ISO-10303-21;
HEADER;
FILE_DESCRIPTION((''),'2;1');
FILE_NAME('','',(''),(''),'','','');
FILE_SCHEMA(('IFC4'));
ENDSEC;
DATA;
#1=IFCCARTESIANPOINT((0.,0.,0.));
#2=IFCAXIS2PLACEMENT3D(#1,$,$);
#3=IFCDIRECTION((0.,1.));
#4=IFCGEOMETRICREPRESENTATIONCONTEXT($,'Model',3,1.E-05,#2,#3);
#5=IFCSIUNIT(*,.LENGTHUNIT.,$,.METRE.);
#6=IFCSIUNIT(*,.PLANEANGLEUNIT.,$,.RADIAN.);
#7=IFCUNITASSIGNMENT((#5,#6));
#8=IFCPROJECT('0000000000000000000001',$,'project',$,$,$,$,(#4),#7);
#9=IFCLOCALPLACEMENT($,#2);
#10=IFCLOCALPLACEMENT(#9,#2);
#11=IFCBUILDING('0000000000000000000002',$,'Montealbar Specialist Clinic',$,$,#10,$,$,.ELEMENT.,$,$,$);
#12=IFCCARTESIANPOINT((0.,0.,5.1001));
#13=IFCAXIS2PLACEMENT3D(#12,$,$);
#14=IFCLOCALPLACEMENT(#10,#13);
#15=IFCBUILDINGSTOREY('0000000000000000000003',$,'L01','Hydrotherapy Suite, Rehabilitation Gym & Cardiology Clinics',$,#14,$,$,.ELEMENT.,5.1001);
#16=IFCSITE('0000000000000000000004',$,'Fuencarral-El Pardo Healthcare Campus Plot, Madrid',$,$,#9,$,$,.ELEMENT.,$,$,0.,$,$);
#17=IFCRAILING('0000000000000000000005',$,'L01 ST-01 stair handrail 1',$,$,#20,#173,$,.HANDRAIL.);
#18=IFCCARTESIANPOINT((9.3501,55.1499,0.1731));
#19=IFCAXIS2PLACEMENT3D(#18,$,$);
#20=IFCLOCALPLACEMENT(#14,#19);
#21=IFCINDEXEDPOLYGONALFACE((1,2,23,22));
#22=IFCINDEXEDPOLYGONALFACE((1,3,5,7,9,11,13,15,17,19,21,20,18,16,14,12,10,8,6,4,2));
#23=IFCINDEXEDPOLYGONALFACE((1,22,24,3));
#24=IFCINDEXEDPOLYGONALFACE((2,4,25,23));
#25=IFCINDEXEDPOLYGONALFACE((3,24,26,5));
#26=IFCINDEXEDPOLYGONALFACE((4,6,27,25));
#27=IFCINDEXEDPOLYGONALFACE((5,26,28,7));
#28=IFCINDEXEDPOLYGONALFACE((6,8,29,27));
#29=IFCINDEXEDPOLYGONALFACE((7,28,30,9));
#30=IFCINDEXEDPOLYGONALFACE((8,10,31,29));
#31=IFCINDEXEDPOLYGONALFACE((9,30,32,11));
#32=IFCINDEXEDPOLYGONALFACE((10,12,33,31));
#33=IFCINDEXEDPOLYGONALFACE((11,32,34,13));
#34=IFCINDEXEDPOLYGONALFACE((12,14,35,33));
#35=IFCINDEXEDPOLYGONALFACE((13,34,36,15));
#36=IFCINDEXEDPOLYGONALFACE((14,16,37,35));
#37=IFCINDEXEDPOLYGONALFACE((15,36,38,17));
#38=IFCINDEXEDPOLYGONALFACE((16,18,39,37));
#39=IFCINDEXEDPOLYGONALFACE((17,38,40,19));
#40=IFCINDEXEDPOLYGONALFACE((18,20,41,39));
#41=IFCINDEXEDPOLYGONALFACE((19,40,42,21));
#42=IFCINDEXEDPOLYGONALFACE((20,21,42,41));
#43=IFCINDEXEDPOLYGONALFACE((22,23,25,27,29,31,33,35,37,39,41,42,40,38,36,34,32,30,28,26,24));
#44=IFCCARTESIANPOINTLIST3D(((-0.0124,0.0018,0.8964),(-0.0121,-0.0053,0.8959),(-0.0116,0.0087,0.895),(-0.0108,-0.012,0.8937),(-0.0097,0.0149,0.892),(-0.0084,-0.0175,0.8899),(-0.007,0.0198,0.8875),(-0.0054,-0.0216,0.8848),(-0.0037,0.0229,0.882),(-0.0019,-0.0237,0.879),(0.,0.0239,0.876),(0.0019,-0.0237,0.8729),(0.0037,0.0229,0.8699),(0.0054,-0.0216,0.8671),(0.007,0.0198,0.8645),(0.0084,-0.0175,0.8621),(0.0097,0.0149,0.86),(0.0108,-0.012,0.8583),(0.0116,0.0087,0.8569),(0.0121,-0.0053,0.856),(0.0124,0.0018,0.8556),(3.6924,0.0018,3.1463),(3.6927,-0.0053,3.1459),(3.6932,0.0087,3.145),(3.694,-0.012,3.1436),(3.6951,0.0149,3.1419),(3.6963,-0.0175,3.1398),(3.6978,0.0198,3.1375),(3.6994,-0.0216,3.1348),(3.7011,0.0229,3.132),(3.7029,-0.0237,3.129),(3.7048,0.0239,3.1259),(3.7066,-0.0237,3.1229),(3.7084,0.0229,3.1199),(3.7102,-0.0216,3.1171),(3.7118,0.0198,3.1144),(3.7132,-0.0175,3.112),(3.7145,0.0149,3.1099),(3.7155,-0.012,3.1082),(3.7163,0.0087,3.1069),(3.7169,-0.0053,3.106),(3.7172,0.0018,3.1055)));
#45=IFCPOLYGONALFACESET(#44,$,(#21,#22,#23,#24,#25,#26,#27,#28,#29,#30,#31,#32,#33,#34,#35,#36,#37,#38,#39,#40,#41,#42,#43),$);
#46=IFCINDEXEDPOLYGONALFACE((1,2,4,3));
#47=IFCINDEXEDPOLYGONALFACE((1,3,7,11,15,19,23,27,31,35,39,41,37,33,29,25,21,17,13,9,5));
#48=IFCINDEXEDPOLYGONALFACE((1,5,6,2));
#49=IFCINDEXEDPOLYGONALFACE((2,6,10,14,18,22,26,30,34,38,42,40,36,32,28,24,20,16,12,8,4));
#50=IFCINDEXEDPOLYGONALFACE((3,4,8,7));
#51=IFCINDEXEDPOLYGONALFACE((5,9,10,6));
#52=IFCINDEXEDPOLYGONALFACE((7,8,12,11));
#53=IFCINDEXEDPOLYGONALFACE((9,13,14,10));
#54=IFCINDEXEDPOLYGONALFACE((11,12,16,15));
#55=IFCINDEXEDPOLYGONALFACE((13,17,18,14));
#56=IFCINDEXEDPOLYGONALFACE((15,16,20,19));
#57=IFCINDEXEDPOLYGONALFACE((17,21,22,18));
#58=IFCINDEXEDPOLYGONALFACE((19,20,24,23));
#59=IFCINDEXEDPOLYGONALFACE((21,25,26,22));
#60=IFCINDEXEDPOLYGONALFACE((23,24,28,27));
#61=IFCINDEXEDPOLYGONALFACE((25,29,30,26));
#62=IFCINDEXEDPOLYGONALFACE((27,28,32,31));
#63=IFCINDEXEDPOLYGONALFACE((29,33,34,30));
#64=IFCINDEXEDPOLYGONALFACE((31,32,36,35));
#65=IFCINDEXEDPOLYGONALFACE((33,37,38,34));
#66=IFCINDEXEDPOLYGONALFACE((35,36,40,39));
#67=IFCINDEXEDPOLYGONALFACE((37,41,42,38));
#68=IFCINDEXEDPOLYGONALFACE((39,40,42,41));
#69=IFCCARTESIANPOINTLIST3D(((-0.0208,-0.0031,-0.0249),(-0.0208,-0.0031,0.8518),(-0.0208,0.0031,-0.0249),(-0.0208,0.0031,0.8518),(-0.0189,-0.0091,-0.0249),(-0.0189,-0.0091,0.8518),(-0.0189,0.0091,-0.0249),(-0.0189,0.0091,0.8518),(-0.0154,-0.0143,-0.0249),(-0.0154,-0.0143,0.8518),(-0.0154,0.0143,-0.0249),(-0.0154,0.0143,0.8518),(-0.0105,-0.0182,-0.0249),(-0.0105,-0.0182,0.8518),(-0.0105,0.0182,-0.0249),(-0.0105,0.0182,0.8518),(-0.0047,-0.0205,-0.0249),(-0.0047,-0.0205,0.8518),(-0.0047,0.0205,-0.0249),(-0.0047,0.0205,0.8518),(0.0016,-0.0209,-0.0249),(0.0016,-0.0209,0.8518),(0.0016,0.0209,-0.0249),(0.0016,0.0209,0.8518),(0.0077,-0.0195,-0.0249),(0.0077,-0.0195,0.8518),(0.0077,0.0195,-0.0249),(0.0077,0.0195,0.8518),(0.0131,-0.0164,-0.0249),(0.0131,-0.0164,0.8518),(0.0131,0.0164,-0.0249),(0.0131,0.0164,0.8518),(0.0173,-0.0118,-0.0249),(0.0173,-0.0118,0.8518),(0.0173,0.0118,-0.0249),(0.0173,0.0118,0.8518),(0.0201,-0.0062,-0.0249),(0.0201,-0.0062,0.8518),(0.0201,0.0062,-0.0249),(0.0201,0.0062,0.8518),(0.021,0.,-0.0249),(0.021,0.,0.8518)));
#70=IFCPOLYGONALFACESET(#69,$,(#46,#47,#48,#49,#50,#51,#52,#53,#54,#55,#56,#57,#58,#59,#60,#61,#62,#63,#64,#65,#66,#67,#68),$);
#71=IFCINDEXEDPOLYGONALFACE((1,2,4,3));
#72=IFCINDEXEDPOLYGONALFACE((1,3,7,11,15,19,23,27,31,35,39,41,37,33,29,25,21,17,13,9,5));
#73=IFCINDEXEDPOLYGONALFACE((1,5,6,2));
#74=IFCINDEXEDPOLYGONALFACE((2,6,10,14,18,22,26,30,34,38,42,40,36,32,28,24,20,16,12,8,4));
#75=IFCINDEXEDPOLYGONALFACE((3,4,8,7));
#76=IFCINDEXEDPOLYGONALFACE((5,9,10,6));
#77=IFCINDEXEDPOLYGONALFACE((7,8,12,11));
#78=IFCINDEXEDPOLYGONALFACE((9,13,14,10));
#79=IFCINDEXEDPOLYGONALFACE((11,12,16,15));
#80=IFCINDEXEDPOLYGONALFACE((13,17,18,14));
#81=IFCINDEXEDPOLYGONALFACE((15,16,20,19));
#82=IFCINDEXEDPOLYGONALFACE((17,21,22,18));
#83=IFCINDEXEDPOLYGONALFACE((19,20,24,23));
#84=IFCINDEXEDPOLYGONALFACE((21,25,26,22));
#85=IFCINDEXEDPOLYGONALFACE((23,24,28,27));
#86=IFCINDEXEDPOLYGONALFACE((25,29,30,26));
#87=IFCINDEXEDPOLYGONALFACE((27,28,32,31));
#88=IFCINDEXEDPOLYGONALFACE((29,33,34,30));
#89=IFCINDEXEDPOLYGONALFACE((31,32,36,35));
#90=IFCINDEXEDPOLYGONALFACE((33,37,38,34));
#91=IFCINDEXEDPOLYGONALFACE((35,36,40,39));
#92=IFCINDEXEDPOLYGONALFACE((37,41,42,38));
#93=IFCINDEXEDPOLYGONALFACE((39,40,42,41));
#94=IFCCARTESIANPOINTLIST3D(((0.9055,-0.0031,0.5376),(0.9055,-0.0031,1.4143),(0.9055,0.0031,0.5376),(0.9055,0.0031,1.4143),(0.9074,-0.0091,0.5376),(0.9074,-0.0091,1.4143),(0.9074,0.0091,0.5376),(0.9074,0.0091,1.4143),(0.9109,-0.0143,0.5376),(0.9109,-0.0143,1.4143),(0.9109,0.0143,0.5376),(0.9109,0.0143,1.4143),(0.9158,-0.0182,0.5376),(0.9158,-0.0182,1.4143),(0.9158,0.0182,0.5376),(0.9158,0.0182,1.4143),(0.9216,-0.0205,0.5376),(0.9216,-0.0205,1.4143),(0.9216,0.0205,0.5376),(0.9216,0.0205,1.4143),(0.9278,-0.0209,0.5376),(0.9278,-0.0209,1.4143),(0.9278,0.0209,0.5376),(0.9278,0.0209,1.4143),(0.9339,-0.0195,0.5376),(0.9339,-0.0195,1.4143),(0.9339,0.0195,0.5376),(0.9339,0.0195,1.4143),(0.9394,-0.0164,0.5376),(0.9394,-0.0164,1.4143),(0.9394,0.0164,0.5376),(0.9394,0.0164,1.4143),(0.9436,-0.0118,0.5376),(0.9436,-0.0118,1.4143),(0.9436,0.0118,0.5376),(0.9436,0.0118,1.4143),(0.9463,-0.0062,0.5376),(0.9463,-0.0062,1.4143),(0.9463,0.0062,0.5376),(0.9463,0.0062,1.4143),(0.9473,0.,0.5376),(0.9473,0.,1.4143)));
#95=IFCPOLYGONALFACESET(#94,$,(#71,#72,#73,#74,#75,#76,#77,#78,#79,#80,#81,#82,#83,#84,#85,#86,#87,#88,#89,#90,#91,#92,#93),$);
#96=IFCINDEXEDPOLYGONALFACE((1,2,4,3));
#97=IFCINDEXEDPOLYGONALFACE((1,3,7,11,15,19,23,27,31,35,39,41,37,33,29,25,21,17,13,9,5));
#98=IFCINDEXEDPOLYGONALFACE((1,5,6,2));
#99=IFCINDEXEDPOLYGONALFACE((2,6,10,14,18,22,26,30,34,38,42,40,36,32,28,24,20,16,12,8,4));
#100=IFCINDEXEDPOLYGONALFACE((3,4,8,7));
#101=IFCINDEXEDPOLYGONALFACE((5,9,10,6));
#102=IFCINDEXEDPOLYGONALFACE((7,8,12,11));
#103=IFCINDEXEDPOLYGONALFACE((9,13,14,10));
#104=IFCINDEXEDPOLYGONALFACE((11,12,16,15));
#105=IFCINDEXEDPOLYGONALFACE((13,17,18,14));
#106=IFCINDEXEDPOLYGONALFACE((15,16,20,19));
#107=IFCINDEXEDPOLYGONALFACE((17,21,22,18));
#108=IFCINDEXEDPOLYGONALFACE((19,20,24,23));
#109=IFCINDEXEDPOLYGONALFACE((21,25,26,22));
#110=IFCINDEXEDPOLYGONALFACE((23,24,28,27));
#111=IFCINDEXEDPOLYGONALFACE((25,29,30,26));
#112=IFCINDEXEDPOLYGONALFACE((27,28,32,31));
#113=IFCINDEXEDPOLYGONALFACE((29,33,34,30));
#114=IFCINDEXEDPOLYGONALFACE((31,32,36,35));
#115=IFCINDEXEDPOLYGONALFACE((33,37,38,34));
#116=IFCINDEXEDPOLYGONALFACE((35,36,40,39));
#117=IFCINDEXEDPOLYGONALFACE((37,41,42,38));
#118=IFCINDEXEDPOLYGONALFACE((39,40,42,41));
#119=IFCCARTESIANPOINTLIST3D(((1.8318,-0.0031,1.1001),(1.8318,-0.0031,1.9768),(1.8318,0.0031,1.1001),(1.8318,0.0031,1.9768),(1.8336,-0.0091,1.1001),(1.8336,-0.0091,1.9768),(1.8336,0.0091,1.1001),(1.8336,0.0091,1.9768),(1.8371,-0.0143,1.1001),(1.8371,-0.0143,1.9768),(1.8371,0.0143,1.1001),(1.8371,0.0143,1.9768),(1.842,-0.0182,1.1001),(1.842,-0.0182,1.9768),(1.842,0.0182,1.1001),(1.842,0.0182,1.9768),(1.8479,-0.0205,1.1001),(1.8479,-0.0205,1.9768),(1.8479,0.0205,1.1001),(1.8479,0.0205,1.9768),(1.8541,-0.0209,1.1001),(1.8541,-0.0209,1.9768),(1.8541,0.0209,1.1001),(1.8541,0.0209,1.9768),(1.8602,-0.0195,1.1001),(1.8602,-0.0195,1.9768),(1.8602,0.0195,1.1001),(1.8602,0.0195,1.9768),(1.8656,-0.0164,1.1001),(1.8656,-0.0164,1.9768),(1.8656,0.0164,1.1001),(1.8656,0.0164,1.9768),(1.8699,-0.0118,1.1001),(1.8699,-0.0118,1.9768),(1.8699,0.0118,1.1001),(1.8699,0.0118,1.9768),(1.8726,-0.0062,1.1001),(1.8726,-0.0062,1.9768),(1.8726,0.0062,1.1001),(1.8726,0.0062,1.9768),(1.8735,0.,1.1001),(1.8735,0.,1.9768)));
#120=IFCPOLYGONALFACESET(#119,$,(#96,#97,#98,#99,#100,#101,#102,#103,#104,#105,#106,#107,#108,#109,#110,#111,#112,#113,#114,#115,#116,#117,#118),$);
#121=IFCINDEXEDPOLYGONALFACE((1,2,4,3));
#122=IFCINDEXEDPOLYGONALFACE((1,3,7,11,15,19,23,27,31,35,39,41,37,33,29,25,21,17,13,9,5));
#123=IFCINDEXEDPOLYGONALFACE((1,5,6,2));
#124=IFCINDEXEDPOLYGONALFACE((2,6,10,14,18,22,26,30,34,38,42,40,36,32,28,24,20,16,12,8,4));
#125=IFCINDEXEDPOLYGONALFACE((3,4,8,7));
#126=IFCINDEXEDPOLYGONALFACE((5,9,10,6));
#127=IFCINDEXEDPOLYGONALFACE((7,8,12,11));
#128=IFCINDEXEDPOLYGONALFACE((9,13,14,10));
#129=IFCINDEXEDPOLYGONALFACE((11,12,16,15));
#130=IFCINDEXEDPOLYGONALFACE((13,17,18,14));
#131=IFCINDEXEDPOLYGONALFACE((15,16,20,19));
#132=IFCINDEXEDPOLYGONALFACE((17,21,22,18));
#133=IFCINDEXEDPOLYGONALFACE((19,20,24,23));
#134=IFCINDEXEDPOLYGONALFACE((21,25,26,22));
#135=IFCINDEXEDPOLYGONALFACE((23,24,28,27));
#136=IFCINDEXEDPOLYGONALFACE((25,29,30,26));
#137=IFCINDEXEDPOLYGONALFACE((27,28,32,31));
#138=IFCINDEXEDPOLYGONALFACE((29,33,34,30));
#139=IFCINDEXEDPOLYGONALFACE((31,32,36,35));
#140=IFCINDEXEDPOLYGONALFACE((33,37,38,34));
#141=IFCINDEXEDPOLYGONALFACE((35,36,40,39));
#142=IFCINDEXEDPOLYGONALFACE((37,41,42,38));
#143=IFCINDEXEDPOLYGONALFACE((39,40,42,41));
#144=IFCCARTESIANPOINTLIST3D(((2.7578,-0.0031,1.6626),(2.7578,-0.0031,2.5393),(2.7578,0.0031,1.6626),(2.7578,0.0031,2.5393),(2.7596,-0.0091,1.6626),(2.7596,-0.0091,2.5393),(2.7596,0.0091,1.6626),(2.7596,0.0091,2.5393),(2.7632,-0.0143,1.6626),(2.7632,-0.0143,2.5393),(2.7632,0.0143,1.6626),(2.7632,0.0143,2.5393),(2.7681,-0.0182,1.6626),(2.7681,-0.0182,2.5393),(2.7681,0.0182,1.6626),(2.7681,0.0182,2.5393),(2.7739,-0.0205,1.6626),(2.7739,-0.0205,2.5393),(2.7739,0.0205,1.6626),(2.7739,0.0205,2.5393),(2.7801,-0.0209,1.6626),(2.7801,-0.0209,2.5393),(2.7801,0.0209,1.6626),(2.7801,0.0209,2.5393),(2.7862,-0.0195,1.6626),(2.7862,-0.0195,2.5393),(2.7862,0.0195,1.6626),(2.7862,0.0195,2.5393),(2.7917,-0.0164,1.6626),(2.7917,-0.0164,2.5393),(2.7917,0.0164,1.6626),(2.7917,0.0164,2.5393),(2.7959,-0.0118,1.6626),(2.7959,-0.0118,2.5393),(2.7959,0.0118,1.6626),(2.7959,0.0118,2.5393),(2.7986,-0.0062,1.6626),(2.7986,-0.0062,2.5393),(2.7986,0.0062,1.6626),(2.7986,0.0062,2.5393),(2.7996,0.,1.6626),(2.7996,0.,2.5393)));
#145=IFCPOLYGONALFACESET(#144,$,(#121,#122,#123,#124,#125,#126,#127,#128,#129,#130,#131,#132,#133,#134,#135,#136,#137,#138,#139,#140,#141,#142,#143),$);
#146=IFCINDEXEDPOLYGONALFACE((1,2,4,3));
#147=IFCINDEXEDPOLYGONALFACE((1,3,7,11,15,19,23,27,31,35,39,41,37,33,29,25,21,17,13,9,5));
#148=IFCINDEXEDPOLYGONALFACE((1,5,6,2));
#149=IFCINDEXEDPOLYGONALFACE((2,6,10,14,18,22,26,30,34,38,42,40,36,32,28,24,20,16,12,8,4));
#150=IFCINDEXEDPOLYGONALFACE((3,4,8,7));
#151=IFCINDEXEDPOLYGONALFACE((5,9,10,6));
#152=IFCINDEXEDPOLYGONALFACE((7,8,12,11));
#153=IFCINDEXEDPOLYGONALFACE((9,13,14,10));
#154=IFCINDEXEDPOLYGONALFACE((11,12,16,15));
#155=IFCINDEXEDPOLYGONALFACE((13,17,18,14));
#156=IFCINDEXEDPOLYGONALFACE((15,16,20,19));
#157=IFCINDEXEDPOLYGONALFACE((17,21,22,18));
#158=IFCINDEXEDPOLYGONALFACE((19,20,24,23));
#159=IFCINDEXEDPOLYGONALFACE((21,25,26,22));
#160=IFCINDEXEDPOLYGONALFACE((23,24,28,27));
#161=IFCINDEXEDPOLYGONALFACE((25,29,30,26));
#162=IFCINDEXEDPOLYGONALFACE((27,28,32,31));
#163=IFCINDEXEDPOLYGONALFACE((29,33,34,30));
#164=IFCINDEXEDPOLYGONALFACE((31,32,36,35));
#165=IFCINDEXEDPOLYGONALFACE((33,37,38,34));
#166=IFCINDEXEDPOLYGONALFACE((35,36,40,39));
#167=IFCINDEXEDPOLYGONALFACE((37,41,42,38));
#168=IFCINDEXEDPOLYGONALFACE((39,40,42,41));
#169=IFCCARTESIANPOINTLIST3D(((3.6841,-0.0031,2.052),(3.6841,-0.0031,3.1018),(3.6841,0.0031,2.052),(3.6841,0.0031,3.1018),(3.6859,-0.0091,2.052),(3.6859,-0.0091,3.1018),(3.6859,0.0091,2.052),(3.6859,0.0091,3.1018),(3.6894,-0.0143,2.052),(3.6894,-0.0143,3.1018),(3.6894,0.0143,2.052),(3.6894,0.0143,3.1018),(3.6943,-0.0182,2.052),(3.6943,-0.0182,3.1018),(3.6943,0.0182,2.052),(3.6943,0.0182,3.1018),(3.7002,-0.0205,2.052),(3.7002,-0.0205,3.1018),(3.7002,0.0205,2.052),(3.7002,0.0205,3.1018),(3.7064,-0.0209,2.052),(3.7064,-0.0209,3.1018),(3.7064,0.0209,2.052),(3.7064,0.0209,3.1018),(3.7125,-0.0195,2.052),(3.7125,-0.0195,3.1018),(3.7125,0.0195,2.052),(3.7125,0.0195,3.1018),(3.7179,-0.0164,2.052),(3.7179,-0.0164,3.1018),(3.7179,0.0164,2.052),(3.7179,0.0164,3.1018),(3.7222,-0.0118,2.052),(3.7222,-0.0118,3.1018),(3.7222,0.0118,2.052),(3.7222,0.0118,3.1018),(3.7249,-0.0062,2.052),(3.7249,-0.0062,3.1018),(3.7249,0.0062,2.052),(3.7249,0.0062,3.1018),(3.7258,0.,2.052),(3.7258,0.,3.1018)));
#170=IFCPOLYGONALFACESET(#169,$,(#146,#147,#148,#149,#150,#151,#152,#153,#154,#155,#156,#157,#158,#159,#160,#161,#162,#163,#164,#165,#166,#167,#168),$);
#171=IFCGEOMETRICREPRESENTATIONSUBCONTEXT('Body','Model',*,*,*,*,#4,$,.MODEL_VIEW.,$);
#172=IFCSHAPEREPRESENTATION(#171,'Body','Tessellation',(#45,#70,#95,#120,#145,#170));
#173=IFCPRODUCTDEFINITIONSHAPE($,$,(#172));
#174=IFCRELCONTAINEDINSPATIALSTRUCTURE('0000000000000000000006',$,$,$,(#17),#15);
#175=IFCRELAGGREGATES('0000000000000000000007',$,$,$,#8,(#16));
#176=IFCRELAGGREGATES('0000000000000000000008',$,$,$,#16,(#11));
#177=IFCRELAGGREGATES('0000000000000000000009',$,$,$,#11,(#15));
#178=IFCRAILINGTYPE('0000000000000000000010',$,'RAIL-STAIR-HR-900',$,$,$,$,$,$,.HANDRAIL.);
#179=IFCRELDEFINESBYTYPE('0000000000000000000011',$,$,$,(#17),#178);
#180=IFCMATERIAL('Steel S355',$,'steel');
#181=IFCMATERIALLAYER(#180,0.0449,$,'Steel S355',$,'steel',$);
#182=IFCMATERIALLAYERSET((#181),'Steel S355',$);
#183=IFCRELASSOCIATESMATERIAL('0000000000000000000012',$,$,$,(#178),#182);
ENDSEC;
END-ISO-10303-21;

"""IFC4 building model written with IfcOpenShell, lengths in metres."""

from ifc_helpers import new_model, si_unit, direction, frame, origin, origin_2d, place, context, subcontext, project, spatial, circle, extrude, material, layer, layer_set, type_object, element, save


model = new_model("IFC4")

# Units and contexts
model_context = context("Model", 3, precision=1e-05, world=origin(), true_north=direction((0.0, 1.0)))
body_context = subcontext(model_context, "Body", "Model", "MODEL_VIEW")
ifc_project = project(units=[si_unit("LENGTHUNIT", "METRE"), si_unit("PLANEANGLEUNIT", "RADIAN")], contexts=[model_context])

# Site, building, storey
site_placement = place(None, origin())
site = spatial("IfcSite", under=ifc_project, at=site_placement, Name="Fuencarral-El Pardo Healthcare Campus Plot, Madrid", CompositionType="ELEMENT", RefElevation=0.0)
building_placement = place(site_placement, origin())
building = spatial("IfcBuilding", under=site, at=building_placement, Name="Montealbar Specialist Clinic", CompositionType="ELEMENT")
storey_placement = place(building_placement, frame((0.0, 0.0, 5.1001)))
storey = spatial("IfcBuildingStorey", under=building, at=storey_placement, Name="L01", Description="Hydrotherapy Suite, Rehabilitation Gym & Cardiology Clinics", CompositionType="ELEMENT", Elevation=5.1001)

# Shared definitions
ifc_material_1 = material(Name="Steel S355", Category="steel")

# Railing
ifc_layer_1 = layer(ifc_material_1, 0.0449, Name="Steel S355", Category="steel")
ifc_layer_set_1 = layer_set([ifc_layer_1], Name="Steel S355")
railing_type_1 = type_object("IfcRailingType", Name="RAIL-STAIR-HR-900", PredefinedType="HANDRAIL", material=ifc_layer_set_1)
railing_1_placement = place(storey_placement, frame((9.3501, 55.1499, 0.1731)))
element("IfcRailing", 1, at=railing_1_placement, inside=storey, type_object=railing_type_1, Name="L01 ST-01 stair handrail 1", PredefinedType="HANDRAIL", context=body_context, shape_type="SweptSolid", body=[
    extrude(circle(Radius=0.0239, at=origin_2d()), frame((0.0, 0.0, 0.876), z_axis=(0.854722, 0.0, 0.519085), x_axis=(0.0, 1.0, 0.0)), (0.0, 0.0, 1.0), 4.3345),
    extrude(circle(Radius=0.021, at=origin_2d()), frame((0.0, 0.0, -0.0249)), (0.0, 0.0, 1.0), 0.8767),
    extrude(circle(Radius=0.021, at=origin_2d()), frame((0.9263, 0.0, 0.5376)), (0.0, 0.0, 1.0), 0.8767),
    extrude(circle(Radius=0.021, at=origin_2d()), frame((1.8525, 0.0, 1.1001)), (0.0, 0.0, 1.0), 0.8767),
    extrude(circle(Radius=0.021, at=origin_2d()), frame((2.7786, 0.0, 1.6626)), (0.0, 0.0, 1.0), 0.8767),
    extrude(circle(Radius=0.021, at=origin_2d()), frame((3.7048, 0.0, 2.052)), (0.0, 0.0, 1.0), 1.0498),
])

save(model, "model.ifc")
